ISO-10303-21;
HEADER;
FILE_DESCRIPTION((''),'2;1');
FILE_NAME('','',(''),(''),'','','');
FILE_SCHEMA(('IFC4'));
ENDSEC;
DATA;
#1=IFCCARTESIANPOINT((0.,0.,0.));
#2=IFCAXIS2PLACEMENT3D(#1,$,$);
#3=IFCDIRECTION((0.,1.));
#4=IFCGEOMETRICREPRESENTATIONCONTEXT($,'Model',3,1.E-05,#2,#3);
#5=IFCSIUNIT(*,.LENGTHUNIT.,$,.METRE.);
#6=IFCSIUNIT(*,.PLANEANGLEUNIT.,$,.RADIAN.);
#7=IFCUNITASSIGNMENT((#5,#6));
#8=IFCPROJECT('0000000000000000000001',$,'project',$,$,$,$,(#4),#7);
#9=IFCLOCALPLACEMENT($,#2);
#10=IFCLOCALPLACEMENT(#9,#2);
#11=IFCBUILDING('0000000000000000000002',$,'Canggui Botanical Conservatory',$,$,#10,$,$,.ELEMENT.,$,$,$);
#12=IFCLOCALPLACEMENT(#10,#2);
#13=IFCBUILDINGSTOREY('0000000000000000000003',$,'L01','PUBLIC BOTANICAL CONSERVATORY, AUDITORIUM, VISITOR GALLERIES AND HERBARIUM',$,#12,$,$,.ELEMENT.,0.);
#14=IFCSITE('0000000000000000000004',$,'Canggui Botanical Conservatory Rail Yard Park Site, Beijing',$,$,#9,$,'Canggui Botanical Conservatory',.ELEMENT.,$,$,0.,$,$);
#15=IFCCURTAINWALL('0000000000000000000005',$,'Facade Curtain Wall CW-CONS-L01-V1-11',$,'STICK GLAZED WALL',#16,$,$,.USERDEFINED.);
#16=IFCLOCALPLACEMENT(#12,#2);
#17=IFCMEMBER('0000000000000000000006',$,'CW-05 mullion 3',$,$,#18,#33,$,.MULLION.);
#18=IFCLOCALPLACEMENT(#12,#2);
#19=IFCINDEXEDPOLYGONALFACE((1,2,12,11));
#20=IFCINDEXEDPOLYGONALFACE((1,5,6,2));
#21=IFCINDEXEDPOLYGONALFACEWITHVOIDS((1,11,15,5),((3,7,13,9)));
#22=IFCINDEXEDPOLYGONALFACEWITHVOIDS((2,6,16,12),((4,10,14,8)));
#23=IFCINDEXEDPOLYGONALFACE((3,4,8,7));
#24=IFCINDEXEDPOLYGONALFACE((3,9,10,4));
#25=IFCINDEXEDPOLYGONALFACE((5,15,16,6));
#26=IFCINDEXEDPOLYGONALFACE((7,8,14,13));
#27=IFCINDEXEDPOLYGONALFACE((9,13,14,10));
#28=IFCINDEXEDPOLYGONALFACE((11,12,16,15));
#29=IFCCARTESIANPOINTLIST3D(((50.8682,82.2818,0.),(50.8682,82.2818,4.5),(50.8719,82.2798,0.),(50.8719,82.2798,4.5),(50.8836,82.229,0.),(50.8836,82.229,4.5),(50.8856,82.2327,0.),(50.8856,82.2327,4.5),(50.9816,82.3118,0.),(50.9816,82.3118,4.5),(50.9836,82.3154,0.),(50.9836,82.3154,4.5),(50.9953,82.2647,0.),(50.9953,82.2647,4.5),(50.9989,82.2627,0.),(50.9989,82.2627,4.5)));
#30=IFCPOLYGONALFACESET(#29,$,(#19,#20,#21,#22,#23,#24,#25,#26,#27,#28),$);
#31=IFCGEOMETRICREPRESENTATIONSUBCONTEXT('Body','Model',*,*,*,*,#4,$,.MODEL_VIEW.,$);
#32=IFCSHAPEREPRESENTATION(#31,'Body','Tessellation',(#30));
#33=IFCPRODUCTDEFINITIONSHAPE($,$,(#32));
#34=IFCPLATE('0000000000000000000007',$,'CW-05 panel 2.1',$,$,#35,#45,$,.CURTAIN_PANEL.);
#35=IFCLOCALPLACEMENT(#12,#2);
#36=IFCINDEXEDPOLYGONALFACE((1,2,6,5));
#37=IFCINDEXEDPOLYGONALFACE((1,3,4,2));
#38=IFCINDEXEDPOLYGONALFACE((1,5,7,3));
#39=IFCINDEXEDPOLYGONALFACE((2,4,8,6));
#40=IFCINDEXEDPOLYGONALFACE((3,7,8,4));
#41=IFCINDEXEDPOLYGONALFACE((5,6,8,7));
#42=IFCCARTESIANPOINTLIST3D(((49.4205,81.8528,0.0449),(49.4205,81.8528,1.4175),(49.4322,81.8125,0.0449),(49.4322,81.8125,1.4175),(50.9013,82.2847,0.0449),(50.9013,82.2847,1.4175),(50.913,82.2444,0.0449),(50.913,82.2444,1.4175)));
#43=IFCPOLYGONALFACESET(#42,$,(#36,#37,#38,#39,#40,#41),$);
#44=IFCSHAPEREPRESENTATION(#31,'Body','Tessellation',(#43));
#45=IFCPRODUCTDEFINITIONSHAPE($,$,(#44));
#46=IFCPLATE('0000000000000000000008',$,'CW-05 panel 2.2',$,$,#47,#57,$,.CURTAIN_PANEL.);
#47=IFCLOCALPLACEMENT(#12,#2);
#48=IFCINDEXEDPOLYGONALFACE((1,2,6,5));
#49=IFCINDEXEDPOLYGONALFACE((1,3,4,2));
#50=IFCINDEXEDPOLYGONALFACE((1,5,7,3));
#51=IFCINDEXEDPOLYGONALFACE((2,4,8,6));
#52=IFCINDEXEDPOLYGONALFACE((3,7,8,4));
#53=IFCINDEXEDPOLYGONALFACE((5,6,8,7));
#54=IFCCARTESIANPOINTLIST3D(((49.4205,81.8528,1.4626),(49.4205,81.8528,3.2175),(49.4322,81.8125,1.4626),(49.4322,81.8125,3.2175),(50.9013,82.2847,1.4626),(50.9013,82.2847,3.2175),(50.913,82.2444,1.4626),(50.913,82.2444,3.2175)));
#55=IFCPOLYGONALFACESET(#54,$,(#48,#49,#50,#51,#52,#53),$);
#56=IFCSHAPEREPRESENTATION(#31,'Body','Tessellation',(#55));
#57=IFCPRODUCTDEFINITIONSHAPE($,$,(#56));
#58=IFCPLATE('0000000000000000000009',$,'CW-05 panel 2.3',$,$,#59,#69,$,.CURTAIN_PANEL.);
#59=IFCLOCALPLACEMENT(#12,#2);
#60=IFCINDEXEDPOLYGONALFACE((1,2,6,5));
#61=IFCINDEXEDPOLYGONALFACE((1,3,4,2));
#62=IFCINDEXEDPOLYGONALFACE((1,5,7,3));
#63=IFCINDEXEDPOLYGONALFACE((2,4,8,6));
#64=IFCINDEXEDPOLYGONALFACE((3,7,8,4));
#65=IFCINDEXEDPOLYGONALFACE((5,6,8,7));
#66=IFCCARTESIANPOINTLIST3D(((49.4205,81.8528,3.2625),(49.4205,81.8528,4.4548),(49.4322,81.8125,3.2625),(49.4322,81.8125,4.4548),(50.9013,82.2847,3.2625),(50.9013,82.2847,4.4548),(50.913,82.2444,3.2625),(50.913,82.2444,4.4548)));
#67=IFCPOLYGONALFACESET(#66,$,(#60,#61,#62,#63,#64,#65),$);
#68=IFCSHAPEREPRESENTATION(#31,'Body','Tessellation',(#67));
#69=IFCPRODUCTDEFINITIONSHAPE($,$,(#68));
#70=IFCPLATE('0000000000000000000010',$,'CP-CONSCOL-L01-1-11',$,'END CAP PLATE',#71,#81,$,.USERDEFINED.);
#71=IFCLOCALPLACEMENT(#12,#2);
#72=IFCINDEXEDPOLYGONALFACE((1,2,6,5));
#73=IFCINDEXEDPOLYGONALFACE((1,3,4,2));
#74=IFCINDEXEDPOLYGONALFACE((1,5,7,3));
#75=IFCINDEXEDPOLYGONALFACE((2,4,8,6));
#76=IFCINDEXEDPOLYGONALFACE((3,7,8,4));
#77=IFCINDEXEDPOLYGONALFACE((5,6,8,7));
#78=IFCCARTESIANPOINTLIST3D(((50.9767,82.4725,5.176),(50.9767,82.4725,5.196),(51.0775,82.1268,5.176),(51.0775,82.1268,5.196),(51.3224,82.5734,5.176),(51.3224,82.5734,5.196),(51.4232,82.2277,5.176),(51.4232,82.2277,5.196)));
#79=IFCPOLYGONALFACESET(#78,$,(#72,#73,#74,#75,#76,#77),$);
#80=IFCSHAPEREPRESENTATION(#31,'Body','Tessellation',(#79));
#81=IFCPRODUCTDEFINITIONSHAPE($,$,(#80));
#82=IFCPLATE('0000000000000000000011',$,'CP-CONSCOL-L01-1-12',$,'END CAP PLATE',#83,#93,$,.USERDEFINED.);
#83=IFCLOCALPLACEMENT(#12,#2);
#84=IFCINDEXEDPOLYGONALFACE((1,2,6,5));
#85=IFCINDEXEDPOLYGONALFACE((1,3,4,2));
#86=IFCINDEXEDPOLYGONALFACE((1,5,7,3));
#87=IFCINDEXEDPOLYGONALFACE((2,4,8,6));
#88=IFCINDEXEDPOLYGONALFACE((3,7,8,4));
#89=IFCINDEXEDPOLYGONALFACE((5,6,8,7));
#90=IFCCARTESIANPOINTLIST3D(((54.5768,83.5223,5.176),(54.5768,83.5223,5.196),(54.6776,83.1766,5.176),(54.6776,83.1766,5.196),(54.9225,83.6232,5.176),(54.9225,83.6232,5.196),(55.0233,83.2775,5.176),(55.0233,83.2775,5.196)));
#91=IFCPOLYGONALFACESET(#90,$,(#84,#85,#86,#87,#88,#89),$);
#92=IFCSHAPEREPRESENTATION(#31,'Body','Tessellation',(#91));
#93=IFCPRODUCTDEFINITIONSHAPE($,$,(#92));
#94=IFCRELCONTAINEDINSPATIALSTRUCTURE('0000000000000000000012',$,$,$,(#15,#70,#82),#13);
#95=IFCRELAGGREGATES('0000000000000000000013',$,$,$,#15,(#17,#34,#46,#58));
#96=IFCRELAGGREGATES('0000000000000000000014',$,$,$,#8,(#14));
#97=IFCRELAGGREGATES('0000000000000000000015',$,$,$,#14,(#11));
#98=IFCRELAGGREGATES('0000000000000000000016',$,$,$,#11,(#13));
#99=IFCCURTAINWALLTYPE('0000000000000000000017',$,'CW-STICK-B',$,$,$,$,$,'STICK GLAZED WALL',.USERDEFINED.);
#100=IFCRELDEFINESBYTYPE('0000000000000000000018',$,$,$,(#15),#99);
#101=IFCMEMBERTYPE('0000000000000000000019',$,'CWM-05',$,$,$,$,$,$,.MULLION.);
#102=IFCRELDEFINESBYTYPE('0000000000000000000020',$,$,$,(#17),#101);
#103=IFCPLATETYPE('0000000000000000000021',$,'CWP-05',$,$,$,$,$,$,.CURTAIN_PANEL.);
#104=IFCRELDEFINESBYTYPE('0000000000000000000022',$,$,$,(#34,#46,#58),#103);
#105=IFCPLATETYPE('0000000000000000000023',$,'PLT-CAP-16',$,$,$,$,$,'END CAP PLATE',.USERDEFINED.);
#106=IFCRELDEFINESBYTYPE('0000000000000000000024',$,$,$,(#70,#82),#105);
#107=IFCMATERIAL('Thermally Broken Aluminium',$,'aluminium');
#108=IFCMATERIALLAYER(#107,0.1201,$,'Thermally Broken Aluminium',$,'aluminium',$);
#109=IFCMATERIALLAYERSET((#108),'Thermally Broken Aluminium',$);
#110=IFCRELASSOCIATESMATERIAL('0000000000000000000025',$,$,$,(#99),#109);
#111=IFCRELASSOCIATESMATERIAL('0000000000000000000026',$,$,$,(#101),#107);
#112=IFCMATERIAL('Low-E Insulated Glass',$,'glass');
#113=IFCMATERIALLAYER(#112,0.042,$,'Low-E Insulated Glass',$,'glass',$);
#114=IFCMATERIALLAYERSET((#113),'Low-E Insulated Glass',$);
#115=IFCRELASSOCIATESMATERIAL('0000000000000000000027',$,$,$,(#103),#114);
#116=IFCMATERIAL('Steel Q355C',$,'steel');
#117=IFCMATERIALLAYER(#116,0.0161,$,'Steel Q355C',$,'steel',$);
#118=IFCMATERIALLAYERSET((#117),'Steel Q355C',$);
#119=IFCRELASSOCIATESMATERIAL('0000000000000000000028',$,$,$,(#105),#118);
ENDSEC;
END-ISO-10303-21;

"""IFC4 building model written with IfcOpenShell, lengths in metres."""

from ifc_helpers import new_model, si_unit, direction, frame, origin, origin_2d, place, context, subcontext, project, spatial, rectangle, hollow_rectangle, extrude, material, layer, layer_set, material_profile, profile_set, type_object, element, aggregate, save


model = new_model("IFC4")

# Units and contexts
model_context = context("Model", 3, precision=1e-05, world=origin(), true_north=direction((0.0, 1.0)))
body_context = subcontext(model_context, "Body", "Model", "MODEL_VIEW")
ifc_project = project(units=[si_unit("LENGTHUNIT", "METRE"), si_unit("PLANEANGLEUNIT", "RADIAN")], contexts=[model_context])

# Site, building, storey
site_placement = place(None, origin())
site = spatial("IfcSite", under=ifc_project, at=site_placement, Name="Canggui Botanical Conservatory Rail Yard Park Site, Beijing", LongName="Canggui Botanical Conservatory", CompositionType="ELEMENT", RefElevation=0.0)
building_placement = place(site_placement, origin())
building = spatial("IfcBuilding", under=site, at=building_placement, Name="Canggui Botanical Conservatory", CompositionType="ELEMENT")
storey_placement = place(building_placement, origin())
storey = spatial("IfcBuildingStorey", under=building, at=storey_placement, Name="L01", Description="PUBLIC BOTANICAL CONSERVATORY, AUDITORIUM, VISITOR GALLERIES AND HERBARIUM", CompositionType="ELEMENT", Elevation=0.0)

# Shared definitions
ifc_material_1 = material(Name="Steel Q355C", Category="steel")

# Curtain wall, member, plates
ifc_material_2 = material(Name="Thermally Broken Aluminium", Category="aluminium")
ifc_layer_1 = layer(ifc_material_2, 0.1201, Name="Thermally Broken Aluminium", Category="aluminium")
ifc_layer_set_1 = layer_set([ifc_layer_1], Name="Thermally Broken Aluminium")
curtain_wall_type = type_object("IfcCurtainWallType", Name="CW-STICK-B", ElementType="STICK GLAZED WALL", PredefinedType="USERDEFINED", material=ifc_layer_set_1)
curtain_wall_placement = place(storey_placement, origin())
curtain_wall = element("IfcCurtainWall", 1, at=curtain_wall_placement, inside=storey, type_object=curtain_wall_type, Name="Facade Curtain Wall CW-CONS-L01-V1-11", ObjectType="STICK GLAZED WALL", PredefinedType="USERDEFINED")
ifc_material_profile_1 = material_profile(ifc_material_2, hollow_rectangle(XDim=0.0549, YDim=0.1201, WallThickness=0.0029, at=origin_2d()), Name="CWM 55x120x3")
ifc_profile_set_1 = profile_set([ifc_material_profile_1], Name="Thermally Broken Aluminium")
member_type = type_object("IfcMemberType", Name="CWM-05", PredefinedType="MULLION", material=ifc_profile_set_1)
member_placement = place(storey_placement, frame((50.9336, 82.2722, 0.0), z_axis=(0.0, 0.0, 1.0), x_axis=(-0.28, 0.96, 0.0)))
member = element("IfcMember", 2, at=member_placement, type_object=member_type, Name="CW-05 mullion 3", PredefinedType="MULLION", context=body_context, shape_type="SweptSolid", body=[
    extrude(hollow_rectangle(XDim=0.0549, YDim=0.1201, WallThickness=0.0029, at=origin_2d()), origin(), (0.0, 0.0, 1.0), 4.5),
])
ifc_material_3 = material(Name="Low-E Insulated Glass", Category="glass")
ifc_layer_2 = layer(ifc_material_3, 0.042, Name="Low-E Insulated Glass", Category="glass")
ifc_layer_set_2 = layer_set([ifc_layer_2], Name="Low-E Insulated Glass")
plate_type_1 = type_object("IfcPlateType", Name="CWP-05", PredefinedType="CURTAIN_PANEL", material=ifc_layer_set_2)
plate_1_placement = place(storey_placement, frame((50.1667, 82.0486, 0.0449), z_axis=(0.0, 0.0, 1.0), x_axis=(0.96, 0.28, 0.0)))
plate_1 = element("IfcPlate", 3, at=plate_1_placement, type_object=plate_type_1, Name="CW-05 panel 2.1", PredefinedType="CURTAIN_PANEL", context=body_context, shape_type="SweptSolid", body=[
    extrude(rectangle(XDim=1.5425, YDim=0.042, at=origin_2d()), origin(), (0.0, 0.0, 1.0), 1.3726),
])
plate_2_placement = place(storey_placement, frame((50.1667, 82.0486, 1.4626), z_axis=(0.0, 0.0, 1.0), x_axis=(0.96, 0.28, 0.0)))
plate_2 = element("IfcPlate", 4, at=plate_2_placement, type_object=plate_type_1, Name="CW-05 panel 2.2", PredefinedType="CURTAIN_PANEL", context=body_context, shape_type="SweptSolid", body=[
    extrude(rectangle(XDim=1.5425, YDim=0.042, at=origin_2d()), origin(), (0.0, 0.0, 1.0), 1.7549),
])
plate_3_placement = place(storey_placement, frame((50.1667, 82.0486, 3.2625), z_axis=(0.0, 0.0, 1.0), x_axis=(0.96, 0.28, 0.0)))
plate_3 = element("IfcPlate", 5, at=plate_3_placement, type_object=plate_type_1, Name="CW-05 panel 2.3", PredefinedType="CURTAIN_PANEL", context=body_context, shape_type="SweptSolid", body=[
    extrude(rectangle(XDim=1.5425, YDim=0.042, at=origin_2d()), origin(), (0.0, 0.0, 1.0), 1.1924),
])
aggregate(curtain_wall, [member, plate_1, plate_2, plate_3])

# Plates
ifc_layer_3 = layer(ifc_material_1, 0.0161, Name="Steel Q355C", Category="steel")
ifc_layer_set_3 = layer_set([ifc_layer_3], Name="Steel Q355C")
plate_type_2 = type_object("IfcPlateType", Name="PLT-CAP-16", ElementType="END CAP PLATE", PredefinedType="USERDEFINED", material=ifc_layer_set_3)
for number, where, z_axis, x_axis, name in (
    (6, (51.2, 82.3501, 5.176), (0.0, 0.0, 1.0), (0.96, 0.28, 0.0), "CP-CONSCOL-L01-1-11"),
    (7, (54.8, 83.3999, 5.176), (0.0, 0.0, 1.0), (0.96, 0.28, 0.0), "CP-CONSCOL-L01-1-12"),
):
    element("IfcPlate", number, at=place(storey_placement, frame(where, z_axis=z_axis, x_axis=x_axis)), inside=storey, type_object=plate_type_2, Name=name, ObjectType="END CAP PLATE", PredefinedType="USERDEFINED", context=body_context, shape_type="SweptSolid", body=[
        extrude(rectangle(XDim=0.3601, YDim=0.3601, at=origin_2d()), origin(), (0.0, 0.0, 1.0), 0.02),
    ])

save(model, "model.ifc")
